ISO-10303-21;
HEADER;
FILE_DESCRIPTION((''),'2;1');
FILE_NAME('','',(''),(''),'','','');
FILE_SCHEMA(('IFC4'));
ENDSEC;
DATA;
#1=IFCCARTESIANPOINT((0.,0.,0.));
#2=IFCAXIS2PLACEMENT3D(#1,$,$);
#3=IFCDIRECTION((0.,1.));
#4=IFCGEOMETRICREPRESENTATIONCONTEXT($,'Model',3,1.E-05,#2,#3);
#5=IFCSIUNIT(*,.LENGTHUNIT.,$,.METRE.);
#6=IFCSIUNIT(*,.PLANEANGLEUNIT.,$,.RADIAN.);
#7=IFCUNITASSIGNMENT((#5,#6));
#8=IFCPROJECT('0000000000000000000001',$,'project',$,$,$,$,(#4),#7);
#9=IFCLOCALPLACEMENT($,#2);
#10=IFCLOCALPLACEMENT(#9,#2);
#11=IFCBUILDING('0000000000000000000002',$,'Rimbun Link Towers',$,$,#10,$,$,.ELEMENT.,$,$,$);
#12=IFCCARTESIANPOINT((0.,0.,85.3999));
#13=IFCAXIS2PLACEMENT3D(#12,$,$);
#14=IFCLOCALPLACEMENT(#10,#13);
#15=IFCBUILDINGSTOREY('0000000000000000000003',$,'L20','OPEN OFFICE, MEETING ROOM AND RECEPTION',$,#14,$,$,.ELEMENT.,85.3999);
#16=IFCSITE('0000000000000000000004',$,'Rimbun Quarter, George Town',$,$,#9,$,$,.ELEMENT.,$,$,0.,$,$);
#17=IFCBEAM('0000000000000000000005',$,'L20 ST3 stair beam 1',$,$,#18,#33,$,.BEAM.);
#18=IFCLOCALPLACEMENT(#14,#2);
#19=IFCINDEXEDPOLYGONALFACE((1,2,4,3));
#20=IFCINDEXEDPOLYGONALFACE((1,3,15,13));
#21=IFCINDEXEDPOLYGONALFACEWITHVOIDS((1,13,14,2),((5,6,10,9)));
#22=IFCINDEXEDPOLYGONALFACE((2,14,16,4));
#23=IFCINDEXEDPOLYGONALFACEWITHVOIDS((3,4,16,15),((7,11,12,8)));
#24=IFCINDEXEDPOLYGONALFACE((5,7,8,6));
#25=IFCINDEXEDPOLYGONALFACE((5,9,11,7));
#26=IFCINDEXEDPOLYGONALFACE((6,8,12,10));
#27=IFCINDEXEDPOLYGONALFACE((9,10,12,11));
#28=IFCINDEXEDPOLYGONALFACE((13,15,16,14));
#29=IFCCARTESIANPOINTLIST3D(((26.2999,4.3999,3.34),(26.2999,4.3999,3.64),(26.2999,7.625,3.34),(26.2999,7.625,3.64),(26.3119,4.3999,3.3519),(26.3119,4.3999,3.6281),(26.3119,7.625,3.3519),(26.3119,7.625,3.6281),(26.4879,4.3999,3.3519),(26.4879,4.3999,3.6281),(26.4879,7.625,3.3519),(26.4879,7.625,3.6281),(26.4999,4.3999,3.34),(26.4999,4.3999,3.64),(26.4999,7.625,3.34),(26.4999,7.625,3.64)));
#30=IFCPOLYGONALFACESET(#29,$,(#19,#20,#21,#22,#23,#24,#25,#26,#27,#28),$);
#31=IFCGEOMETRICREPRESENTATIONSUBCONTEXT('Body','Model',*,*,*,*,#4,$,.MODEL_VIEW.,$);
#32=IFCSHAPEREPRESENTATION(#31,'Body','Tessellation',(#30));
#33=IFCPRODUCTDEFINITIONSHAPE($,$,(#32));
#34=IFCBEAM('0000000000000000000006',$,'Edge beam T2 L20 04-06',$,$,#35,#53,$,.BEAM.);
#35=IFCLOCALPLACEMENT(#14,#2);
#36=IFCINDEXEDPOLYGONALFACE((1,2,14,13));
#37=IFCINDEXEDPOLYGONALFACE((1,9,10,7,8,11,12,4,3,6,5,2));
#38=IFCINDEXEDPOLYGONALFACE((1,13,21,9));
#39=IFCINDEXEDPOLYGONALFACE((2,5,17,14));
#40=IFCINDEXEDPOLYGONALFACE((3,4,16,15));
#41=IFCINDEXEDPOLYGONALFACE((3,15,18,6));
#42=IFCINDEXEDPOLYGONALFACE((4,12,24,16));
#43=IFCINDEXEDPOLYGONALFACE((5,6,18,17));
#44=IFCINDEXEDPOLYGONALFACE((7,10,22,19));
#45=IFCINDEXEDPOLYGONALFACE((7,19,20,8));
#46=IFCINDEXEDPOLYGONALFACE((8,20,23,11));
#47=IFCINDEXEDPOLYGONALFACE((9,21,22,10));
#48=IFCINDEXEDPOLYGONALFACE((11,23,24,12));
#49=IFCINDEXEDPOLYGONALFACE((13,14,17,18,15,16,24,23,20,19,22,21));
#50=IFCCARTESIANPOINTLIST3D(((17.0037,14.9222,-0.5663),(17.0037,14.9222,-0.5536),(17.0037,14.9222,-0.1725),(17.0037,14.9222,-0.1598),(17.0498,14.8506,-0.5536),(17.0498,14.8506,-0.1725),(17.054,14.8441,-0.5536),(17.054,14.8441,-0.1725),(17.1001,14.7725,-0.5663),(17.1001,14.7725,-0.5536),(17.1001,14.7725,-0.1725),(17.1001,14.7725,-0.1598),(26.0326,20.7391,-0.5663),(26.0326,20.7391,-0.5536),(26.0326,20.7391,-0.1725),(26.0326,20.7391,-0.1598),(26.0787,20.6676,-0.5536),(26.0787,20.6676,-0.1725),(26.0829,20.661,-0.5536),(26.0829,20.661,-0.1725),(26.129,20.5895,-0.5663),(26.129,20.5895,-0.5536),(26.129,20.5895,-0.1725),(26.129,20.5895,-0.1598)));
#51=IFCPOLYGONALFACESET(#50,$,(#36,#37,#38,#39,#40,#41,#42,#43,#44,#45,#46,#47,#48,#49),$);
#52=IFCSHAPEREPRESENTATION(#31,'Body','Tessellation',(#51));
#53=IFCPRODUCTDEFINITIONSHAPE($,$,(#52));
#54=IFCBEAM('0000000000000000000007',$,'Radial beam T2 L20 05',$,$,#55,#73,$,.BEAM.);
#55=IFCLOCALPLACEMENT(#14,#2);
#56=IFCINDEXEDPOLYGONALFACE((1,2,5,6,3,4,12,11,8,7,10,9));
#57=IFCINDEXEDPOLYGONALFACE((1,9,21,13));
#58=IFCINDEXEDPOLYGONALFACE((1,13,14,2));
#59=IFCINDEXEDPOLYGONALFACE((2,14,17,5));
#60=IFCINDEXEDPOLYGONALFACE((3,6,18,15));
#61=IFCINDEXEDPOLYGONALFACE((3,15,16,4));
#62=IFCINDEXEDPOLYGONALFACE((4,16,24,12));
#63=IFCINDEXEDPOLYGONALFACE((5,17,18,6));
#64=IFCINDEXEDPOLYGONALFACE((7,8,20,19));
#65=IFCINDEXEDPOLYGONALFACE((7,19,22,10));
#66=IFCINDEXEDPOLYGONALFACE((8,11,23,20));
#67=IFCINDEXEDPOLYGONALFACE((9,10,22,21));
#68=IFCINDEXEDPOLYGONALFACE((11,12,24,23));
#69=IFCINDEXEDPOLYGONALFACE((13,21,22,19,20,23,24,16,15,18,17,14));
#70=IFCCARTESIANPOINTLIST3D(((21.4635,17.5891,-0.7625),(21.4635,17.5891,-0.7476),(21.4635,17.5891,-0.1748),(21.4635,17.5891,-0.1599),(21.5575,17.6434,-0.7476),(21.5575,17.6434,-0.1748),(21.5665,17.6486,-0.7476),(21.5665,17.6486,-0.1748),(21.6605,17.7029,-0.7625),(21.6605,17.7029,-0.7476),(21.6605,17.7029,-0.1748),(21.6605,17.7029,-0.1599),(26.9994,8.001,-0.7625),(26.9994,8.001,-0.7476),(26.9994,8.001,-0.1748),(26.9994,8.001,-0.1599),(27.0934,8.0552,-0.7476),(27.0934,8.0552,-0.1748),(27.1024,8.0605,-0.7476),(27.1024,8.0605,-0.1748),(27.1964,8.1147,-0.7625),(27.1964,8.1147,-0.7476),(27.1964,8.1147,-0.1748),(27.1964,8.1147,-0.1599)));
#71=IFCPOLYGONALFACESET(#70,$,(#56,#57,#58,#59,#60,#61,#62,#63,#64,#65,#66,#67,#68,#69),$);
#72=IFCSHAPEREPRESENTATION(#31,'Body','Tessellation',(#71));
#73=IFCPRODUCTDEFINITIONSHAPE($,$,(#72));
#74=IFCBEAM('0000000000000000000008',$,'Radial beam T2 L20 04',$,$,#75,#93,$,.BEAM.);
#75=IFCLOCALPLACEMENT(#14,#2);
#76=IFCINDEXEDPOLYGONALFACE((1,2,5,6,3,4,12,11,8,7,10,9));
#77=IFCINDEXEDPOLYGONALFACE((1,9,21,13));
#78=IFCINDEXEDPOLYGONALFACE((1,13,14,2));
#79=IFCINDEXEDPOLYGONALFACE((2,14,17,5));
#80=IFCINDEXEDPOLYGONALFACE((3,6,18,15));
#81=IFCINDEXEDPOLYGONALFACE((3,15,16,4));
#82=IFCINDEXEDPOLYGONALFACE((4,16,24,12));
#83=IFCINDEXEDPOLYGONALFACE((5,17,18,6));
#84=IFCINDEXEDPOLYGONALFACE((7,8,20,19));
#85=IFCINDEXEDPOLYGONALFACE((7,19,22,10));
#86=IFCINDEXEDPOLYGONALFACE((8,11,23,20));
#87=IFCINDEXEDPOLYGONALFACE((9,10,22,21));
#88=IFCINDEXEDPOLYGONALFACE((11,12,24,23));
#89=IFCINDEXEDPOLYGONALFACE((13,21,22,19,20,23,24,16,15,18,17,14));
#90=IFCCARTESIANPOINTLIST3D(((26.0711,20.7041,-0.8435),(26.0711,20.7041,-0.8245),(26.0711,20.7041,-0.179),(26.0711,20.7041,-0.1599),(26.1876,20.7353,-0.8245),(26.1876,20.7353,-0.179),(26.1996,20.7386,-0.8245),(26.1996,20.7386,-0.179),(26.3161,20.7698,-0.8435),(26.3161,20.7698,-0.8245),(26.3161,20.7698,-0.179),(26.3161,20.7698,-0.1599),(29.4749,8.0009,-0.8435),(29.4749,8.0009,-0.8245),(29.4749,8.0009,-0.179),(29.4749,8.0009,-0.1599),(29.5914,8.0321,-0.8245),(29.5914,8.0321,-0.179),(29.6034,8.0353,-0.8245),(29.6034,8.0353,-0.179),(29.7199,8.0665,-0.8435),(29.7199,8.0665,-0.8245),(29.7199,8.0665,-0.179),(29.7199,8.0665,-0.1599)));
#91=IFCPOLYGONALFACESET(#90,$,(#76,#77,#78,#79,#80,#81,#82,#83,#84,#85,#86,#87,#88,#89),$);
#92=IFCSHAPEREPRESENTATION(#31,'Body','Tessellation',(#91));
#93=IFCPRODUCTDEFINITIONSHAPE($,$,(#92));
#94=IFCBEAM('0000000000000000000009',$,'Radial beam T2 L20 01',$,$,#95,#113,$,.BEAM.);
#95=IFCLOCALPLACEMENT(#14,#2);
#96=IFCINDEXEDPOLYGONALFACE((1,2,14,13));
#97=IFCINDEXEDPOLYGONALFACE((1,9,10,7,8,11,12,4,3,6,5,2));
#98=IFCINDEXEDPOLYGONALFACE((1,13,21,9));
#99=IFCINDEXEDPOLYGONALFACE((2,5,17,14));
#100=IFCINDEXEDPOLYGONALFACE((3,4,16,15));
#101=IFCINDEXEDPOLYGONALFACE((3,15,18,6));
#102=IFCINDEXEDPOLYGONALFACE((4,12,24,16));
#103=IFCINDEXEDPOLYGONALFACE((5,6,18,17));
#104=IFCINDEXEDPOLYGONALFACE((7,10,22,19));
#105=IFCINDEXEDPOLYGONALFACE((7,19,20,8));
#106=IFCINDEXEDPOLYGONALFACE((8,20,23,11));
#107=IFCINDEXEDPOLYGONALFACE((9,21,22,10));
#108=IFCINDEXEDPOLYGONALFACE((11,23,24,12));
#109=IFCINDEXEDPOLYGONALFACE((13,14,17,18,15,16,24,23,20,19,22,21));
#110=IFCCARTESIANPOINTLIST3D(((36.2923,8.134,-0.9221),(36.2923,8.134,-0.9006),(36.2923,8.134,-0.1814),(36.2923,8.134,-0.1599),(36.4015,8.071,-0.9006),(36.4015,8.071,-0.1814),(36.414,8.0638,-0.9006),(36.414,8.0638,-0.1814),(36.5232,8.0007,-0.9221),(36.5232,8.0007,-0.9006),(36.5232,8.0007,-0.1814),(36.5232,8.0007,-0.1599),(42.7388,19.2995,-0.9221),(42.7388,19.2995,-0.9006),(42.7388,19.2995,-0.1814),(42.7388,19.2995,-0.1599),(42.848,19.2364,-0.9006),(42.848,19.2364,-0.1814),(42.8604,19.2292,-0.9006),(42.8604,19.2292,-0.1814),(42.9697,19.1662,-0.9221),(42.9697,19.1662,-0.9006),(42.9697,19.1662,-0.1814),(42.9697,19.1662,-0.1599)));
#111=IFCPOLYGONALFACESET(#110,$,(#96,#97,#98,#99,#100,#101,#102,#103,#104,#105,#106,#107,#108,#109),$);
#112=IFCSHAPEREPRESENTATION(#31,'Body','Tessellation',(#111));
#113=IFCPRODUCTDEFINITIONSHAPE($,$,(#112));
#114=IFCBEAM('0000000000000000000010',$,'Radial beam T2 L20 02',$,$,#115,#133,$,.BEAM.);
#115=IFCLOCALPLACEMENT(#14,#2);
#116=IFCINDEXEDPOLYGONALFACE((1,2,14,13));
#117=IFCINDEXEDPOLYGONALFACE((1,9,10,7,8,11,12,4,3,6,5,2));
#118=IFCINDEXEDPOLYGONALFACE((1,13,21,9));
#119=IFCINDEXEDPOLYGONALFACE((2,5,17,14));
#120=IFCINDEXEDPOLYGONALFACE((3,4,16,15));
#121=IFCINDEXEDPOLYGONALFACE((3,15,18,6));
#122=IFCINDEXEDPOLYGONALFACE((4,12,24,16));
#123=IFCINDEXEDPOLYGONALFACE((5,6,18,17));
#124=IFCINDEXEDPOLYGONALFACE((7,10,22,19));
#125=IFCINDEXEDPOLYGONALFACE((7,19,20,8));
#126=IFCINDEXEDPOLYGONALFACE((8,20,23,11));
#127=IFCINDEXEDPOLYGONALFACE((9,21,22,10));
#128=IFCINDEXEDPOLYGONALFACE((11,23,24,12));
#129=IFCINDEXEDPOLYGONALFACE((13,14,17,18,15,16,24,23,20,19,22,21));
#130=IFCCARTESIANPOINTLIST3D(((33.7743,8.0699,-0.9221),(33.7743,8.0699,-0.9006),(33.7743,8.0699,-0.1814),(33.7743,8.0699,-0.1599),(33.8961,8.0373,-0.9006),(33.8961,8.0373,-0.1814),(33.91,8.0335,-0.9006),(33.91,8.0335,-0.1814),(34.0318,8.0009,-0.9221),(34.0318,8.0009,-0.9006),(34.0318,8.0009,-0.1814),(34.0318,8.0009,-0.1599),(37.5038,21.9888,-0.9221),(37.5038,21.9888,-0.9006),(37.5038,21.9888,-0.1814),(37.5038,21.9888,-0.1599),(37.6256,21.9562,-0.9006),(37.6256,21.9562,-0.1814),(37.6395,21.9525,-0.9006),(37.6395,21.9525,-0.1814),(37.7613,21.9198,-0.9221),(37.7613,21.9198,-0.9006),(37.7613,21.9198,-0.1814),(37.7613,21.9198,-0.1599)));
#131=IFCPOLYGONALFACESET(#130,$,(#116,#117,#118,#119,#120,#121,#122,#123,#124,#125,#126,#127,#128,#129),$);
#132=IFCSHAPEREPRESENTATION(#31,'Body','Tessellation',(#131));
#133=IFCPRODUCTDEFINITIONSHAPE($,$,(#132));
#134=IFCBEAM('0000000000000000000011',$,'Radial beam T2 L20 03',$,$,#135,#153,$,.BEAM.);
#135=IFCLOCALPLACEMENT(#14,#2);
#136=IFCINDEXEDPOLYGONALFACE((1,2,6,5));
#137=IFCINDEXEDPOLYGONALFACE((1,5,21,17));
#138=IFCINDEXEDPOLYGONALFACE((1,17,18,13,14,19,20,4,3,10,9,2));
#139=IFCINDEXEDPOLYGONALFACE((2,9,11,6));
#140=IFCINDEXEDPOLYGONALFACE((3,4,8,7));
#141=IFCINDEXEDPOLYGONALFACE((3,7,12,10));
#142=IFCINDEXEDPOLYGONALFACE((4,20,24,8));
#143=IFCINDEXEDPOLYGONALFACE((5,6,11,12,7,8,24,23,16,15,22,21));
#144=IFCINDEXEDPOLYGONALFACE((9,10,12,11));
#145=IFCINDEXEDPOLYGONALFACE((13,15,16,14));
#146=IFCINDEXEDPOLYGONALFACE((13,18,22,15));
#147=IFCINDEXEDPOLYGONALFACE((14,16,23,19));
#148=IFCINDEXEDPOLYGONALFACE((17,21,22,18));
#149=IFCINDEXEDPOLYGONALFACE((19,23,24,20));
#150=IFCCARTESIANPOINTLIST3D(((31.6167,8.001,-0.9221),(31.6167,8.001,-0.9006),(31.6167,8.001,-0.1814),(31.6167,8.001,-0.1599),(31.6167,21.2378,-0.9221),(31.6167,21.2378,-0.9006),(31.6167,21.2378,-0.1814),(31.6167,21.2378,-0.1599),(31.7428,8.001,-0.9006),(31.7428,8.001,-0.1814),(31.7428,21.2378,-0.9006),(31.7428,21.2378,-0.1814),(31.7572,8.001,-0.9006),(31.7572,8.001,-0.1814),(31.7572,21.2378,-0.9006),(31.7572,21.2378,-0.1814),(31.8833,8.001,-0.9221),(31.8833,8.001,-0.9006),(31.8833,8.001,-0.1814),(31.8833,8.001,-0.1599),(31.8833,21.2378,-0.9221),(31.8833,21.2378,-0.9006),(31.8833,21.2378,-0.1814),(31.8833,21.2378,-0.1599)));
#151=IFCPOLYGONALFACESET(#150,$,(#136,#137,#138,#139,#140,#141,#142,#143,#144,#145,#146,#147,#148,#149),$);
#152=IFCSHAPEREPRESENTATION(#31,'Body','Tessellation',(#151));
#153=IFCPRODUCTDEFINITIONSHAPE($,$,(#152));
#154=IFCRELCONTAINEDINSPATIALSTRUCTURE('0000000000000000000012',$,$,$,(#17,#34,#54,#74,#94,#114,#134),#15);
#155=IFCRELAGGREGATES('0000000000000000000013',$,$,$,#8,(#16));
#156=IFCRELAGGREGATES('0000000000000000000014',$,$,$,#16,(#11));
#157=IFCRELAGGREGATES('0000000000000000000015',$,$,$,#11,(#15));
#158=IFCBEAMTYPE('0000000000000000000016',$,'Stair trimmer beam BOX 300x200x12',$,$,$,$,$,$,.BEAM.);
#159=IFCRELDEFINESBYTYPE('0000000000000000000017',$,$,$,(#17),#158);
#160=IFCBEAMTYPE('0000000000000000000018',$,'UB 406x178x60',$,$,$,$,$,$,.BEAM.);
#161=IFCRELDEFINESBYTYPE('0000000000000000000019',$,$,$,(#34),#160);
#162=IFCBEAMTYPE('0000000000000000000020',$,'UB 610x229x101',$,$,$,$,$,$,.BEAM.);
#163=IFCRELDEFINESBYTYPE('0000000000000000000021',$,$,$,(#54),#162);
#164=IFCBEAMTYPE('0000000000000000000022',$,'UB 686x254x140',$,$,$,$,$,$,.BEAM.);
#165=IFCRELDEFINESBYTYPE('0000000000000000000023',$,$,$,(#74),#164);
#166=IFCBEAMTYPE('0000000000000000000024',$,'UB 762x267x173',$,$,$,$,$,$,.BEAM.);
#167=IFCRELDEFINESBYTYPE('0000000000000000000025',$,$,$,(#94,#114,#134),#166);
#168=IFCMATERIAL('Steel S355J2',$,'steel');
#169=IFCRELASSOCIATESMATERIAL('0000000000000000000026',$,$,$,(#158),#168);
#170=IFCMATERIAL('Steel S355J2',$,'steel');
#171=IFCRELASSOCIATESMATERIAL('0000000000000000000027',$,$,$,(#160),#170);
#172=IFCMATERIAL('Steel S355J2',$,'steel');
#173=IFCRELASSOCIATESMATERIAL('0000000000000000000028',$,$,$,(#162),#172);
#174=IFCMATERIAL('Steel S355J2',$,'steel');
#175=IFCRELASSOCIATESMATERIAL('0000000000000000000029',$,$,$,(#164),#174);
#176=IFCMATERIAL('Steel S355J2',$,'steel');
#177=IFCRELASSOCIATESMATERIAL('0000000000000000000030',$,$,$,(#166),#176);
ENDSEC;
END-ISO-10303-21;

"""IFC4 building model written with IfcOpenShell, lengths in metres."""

from ifc_helpers import new_model, si_unit, direction, frame, origin, origin_2d, place, context, subcontext, project, spatial, hollow_rectangle, i_section, extrude, material, material_profile, profile_set, type_object, element, save


model = new_model("IFC4")

# Units and contexts
model_context = context("Model", 3, precision=1e-05, world=origin(), true_north=direction((0.0, 1.0)))
body_context = subcontext(model_context, "Body", "Model", "MODEL_VIEW")
ifc_project = project(units=[si_unit("LENGTHUNIT", "METRE"), si_unit("PLANEANGLEUNIT", "RADIAN")], contexts=[model_context])

# Site, building, storey
site_placement = place(None, origin())
site = spatial("IfcSite", under=ifc_project, at=site_placement, Name="Rimbun Quarter, George Town", CompositionType="ELEMENT", RefElevation=0.0)
building_placement = place(site_placement, origin())
building = spatial("IfcBuilding", under=site, at=building_placement, Name="Rimbun Link Towers", CompositionType="ELEMENT")
storey_placement = place(building_placement, frame((0.0, 0.0, 85.3999)))
storey = spatial("IfcBuildingStorey", under=building, at=storey_placement, Name="L20", Description="OPEN OFFICE, MEETING ROOM AND RECEPTION", CompositionType="ELEMENT", Elevation=85.3999)

# Beams
ifc_material_1 = material(Name="Steel S355J2", Category="steel")
ifc_material_profile_1 = material_profile(ifc_material_1, hollow_rectangle(XDim=0.2, YDim=0.3, WallThickness=0.012, at=origin_2d()), Name="BOX 300x200x12")
ifc_profile_set_1 = profile_set([ifc_material_profile_1], Name="Steel S355J2")
beam_type_1 = type_object("IfcBeamType", Name="Stair trimmer beam BOX 300x200x12", PredefinedType="BEAM", material=ifc_profile_set_1)
beam_1_placement = place(storey_placement, frame((26.3999, 7.625, 3.49), z_axis=(0.0, -1.0, 0.0), x_axis=(1.0, 0.0, 0.0)))
element("IfcBeam", 1, at=beam_1_placement, inside=storey, type_object=beam_type_1, Name="L20 ST3 stair beam 1", PredefinedType="BEAM", context=body_context, shape_type="SweptSolid", body=[
    extrude(hollow_rectangle(XDim=0.2, YDim=0.3, WallThickness=0.012, at=origin_2d()), origin(), (0.0, 0.0, 1.0), 3.2251),
])
ifc_material_2 = material(Name="Steel S355J2", Category="steel")
ifc_material_profile_2 = material_profile(ifc_material_2, i_section(OverallWidth=0.178, OverallDepth=0.4065, WebThickness=0.0078, FlangeThickness=0.0127, at=origin_2d()), Name="UB 406x178x60")
ifc_profile_set_2 = profile_set([ifc_material_profile_2], Name="Steel S355J2")
beam_type_2 = type_object("IfcBeamType", Name="UB 406x178x60", PredefinedType="BEAM", material=ifc_profile_set_2)
beam_2_placement = place(storey_placement, frame((26.0808, 20.6643, -0.363), z_axis=(-0.840642, -0.541591, 0.0), x_axis=(0.541591, -0.840642, 0.0)))
element("IfcBeam", 2, at=beam_2_placement, inside=storey, type_object=beam_type_2, Name="Edge beam T2 L20 04-06", PredefinedType="BEAM", context=body_context, shape_type="SweptSolid", body=[
    extrude(i_section(OverallWidth=0.178, OverallDepth=0.4065, WebThickness=0.0078, FlangeThickness=0.0127, at=origin_2d()), origin(), (0.0, 0.0, 1.0), 10.7405),
])
ifc_material_3 = material(Name="Steel S355J2", Category="steel")
ifc_material_profile_3 = material_profile(ifc_material_3, i_section(OverallWidth=0.2275, OverallDepth=0.6025, WebThickness=0.0105, FlangeThickness=0.0149, at=origin_2d()), Name="UB 610x229x101")
ifc_profile_set_3 = profile_set([ifc_material_profile_3], Name="Steel S355J2")
beam_type_3 = type_object("IfcBeamType", Name="UB 610x229x101", PredefinedType="BEAM", material=ifc_profile_set_3)
beam_3_placement = place(storey_placement, frame((27.0979, 8.0579, -0.4612), z_axis=(-0.500012, 0.866019, 0.0), x_axis=(-0.866019, -0.500012, 0.0)))
element("IfcBeam", 3, at=beam_3_placement, inside=storey, type_object=beam_type_3, Name="Radial beam T2 L20 05", PredefinedType="BEAM", context=body_context, shape_type="SweptSolid", body=[
    extrude(i_section(OverallWidth=0.2275, OverallDepth=0.6025, WebThickness=0.0105, FlangeThickness=0.0149, at=origin_2d()), origin(), (0.0, 0.0, 1.0), 11.0715),
])
ifc_material_4 = material(Name="Steel S355J2", Category="steel")
ifc_material_profile_4 = material_profile(ifc_material_4, i_section(OverallWidth=0.2537, OverallDepth=0.6836, WebThickness=0.0125, FlangeThickness=0.019, at=origin_2d()), Name="UB 686x254x140")
ifc_profile_set_4 = profile_set([ifc_material_profile_4], Name="Steel S355J2")
beam_type_4 = type_object("IfcBeamType", Name="UB 686x254x140", PredefinedType="BEAM", material=ifc_profile_set_4)
beam_4_placement = place(storey_placement, frame((29.5974, 8.0337, -0.5017), z_axis=(-0.258816, 0.965927, 0.0), x_axis=(-0.965927, -0.258816, 0.0)))
element("IfcBeam", 4, at=beam_4_placement, inside=storey, type_object=beam_type_4, Name="Radial beam T2 L20 04", PredefinedType="BEAM", context=body_context, shape_type="SweptSolid", body=[
    extrude(i_section(OverallWidth=0.2537, OverallDepth=0.6836, WebThickness=0.0125, FlangeThickness=0.019, at=origin_2d()), origin(), (0.0, 0.0, 1.0), 13.1514),
])
ifc_material_5 = material(Name="Steel S355J2", Category="steel")
ifc_material_profile_5 = material_profile(ifc_material_5, i_section(OverallWidth=0.2666, OverallDepth=0.7622, WebThickness=0.0144, FlangeThickness=0.0215, at=origin_2d()), Name="UB 762x267x173")
ifc_profile_set_5 = profile_set([ifc_material_profile_5], Name="Steel S355J2")
beam_type_5 = type_object("IfcBeamType", Name="UB 762x267x173", PredefinedType="BEAM", material=ifc_profile_set_5)
beam_5_placement = place(storey_placement, frame((36.4077, 8.0674, -0.541), z_axis=(0.500007, 0.866022, 0.0), x_axis=(-0.866022, 0.500007, 0.0)))
element("IfcBeam", 5, at=beam_5_placement, inside=storey, type_object=beam_type_5, Name="Radial beam T2 L20 01", PredefinedType="BEAM", context=body_context, shape_type="SweptSolid", body=[
    extrude(i_section(OverallWidth=0.2666, OverallDepth=0.7622, WebThickness=0.0144, FlangeThickness=0.0215, at=origin_2d()), origin(), (0.0, 0.0, 1.0), 12.8928),
])
beam_6_placement = place(storey_placement, frame((33.9031, 8.0354, -0.541), z_axis=(0.258814, 0.965927, 0.0), x_axis=(-0.965927, 0.258814, 0.0)))
element("IfcBeam", 6, at=beam_6_placement, inside=storey, type_object=beam_type_5, Name="Radial beam T2 L20 02", PredefinedType="BEAM", context=body_context, shape_type="SweptSolid", body=[
    extrude(i_section(OverallWidth=0.2666, OverallDepth=0.7622, WebThickness=0.0144, FlangeThickness=0.0215, at=origin_2d()), origin(), (0.0, 0.0, 1.0), 14.4099),
])
beam_7_placement = place(storey_placement, frame((31.75, 8.001, -0.541), z_axis=(0.0, 1.0, 0.0), x_axis=(-1.0, 0.0, 0.0)))
element("IfcBeam", 7, at=beam_7_placement, inside=storey, type_object=beam_type_5, Name="Radial beam T2 L20 03", PredefinedType="BEAM", context=body_context, shape_type="SweptSolid", body=[
    extrude(i_section(OverallWidth=0.2666, OverallDepth=0.7622, WebThickness=0.0144, FlangeThickness=0.0215, at=origin_2d()), origin(), (0.0, 0.0, 1.0), 13.2368),
])

save(model, "model.ifc")
